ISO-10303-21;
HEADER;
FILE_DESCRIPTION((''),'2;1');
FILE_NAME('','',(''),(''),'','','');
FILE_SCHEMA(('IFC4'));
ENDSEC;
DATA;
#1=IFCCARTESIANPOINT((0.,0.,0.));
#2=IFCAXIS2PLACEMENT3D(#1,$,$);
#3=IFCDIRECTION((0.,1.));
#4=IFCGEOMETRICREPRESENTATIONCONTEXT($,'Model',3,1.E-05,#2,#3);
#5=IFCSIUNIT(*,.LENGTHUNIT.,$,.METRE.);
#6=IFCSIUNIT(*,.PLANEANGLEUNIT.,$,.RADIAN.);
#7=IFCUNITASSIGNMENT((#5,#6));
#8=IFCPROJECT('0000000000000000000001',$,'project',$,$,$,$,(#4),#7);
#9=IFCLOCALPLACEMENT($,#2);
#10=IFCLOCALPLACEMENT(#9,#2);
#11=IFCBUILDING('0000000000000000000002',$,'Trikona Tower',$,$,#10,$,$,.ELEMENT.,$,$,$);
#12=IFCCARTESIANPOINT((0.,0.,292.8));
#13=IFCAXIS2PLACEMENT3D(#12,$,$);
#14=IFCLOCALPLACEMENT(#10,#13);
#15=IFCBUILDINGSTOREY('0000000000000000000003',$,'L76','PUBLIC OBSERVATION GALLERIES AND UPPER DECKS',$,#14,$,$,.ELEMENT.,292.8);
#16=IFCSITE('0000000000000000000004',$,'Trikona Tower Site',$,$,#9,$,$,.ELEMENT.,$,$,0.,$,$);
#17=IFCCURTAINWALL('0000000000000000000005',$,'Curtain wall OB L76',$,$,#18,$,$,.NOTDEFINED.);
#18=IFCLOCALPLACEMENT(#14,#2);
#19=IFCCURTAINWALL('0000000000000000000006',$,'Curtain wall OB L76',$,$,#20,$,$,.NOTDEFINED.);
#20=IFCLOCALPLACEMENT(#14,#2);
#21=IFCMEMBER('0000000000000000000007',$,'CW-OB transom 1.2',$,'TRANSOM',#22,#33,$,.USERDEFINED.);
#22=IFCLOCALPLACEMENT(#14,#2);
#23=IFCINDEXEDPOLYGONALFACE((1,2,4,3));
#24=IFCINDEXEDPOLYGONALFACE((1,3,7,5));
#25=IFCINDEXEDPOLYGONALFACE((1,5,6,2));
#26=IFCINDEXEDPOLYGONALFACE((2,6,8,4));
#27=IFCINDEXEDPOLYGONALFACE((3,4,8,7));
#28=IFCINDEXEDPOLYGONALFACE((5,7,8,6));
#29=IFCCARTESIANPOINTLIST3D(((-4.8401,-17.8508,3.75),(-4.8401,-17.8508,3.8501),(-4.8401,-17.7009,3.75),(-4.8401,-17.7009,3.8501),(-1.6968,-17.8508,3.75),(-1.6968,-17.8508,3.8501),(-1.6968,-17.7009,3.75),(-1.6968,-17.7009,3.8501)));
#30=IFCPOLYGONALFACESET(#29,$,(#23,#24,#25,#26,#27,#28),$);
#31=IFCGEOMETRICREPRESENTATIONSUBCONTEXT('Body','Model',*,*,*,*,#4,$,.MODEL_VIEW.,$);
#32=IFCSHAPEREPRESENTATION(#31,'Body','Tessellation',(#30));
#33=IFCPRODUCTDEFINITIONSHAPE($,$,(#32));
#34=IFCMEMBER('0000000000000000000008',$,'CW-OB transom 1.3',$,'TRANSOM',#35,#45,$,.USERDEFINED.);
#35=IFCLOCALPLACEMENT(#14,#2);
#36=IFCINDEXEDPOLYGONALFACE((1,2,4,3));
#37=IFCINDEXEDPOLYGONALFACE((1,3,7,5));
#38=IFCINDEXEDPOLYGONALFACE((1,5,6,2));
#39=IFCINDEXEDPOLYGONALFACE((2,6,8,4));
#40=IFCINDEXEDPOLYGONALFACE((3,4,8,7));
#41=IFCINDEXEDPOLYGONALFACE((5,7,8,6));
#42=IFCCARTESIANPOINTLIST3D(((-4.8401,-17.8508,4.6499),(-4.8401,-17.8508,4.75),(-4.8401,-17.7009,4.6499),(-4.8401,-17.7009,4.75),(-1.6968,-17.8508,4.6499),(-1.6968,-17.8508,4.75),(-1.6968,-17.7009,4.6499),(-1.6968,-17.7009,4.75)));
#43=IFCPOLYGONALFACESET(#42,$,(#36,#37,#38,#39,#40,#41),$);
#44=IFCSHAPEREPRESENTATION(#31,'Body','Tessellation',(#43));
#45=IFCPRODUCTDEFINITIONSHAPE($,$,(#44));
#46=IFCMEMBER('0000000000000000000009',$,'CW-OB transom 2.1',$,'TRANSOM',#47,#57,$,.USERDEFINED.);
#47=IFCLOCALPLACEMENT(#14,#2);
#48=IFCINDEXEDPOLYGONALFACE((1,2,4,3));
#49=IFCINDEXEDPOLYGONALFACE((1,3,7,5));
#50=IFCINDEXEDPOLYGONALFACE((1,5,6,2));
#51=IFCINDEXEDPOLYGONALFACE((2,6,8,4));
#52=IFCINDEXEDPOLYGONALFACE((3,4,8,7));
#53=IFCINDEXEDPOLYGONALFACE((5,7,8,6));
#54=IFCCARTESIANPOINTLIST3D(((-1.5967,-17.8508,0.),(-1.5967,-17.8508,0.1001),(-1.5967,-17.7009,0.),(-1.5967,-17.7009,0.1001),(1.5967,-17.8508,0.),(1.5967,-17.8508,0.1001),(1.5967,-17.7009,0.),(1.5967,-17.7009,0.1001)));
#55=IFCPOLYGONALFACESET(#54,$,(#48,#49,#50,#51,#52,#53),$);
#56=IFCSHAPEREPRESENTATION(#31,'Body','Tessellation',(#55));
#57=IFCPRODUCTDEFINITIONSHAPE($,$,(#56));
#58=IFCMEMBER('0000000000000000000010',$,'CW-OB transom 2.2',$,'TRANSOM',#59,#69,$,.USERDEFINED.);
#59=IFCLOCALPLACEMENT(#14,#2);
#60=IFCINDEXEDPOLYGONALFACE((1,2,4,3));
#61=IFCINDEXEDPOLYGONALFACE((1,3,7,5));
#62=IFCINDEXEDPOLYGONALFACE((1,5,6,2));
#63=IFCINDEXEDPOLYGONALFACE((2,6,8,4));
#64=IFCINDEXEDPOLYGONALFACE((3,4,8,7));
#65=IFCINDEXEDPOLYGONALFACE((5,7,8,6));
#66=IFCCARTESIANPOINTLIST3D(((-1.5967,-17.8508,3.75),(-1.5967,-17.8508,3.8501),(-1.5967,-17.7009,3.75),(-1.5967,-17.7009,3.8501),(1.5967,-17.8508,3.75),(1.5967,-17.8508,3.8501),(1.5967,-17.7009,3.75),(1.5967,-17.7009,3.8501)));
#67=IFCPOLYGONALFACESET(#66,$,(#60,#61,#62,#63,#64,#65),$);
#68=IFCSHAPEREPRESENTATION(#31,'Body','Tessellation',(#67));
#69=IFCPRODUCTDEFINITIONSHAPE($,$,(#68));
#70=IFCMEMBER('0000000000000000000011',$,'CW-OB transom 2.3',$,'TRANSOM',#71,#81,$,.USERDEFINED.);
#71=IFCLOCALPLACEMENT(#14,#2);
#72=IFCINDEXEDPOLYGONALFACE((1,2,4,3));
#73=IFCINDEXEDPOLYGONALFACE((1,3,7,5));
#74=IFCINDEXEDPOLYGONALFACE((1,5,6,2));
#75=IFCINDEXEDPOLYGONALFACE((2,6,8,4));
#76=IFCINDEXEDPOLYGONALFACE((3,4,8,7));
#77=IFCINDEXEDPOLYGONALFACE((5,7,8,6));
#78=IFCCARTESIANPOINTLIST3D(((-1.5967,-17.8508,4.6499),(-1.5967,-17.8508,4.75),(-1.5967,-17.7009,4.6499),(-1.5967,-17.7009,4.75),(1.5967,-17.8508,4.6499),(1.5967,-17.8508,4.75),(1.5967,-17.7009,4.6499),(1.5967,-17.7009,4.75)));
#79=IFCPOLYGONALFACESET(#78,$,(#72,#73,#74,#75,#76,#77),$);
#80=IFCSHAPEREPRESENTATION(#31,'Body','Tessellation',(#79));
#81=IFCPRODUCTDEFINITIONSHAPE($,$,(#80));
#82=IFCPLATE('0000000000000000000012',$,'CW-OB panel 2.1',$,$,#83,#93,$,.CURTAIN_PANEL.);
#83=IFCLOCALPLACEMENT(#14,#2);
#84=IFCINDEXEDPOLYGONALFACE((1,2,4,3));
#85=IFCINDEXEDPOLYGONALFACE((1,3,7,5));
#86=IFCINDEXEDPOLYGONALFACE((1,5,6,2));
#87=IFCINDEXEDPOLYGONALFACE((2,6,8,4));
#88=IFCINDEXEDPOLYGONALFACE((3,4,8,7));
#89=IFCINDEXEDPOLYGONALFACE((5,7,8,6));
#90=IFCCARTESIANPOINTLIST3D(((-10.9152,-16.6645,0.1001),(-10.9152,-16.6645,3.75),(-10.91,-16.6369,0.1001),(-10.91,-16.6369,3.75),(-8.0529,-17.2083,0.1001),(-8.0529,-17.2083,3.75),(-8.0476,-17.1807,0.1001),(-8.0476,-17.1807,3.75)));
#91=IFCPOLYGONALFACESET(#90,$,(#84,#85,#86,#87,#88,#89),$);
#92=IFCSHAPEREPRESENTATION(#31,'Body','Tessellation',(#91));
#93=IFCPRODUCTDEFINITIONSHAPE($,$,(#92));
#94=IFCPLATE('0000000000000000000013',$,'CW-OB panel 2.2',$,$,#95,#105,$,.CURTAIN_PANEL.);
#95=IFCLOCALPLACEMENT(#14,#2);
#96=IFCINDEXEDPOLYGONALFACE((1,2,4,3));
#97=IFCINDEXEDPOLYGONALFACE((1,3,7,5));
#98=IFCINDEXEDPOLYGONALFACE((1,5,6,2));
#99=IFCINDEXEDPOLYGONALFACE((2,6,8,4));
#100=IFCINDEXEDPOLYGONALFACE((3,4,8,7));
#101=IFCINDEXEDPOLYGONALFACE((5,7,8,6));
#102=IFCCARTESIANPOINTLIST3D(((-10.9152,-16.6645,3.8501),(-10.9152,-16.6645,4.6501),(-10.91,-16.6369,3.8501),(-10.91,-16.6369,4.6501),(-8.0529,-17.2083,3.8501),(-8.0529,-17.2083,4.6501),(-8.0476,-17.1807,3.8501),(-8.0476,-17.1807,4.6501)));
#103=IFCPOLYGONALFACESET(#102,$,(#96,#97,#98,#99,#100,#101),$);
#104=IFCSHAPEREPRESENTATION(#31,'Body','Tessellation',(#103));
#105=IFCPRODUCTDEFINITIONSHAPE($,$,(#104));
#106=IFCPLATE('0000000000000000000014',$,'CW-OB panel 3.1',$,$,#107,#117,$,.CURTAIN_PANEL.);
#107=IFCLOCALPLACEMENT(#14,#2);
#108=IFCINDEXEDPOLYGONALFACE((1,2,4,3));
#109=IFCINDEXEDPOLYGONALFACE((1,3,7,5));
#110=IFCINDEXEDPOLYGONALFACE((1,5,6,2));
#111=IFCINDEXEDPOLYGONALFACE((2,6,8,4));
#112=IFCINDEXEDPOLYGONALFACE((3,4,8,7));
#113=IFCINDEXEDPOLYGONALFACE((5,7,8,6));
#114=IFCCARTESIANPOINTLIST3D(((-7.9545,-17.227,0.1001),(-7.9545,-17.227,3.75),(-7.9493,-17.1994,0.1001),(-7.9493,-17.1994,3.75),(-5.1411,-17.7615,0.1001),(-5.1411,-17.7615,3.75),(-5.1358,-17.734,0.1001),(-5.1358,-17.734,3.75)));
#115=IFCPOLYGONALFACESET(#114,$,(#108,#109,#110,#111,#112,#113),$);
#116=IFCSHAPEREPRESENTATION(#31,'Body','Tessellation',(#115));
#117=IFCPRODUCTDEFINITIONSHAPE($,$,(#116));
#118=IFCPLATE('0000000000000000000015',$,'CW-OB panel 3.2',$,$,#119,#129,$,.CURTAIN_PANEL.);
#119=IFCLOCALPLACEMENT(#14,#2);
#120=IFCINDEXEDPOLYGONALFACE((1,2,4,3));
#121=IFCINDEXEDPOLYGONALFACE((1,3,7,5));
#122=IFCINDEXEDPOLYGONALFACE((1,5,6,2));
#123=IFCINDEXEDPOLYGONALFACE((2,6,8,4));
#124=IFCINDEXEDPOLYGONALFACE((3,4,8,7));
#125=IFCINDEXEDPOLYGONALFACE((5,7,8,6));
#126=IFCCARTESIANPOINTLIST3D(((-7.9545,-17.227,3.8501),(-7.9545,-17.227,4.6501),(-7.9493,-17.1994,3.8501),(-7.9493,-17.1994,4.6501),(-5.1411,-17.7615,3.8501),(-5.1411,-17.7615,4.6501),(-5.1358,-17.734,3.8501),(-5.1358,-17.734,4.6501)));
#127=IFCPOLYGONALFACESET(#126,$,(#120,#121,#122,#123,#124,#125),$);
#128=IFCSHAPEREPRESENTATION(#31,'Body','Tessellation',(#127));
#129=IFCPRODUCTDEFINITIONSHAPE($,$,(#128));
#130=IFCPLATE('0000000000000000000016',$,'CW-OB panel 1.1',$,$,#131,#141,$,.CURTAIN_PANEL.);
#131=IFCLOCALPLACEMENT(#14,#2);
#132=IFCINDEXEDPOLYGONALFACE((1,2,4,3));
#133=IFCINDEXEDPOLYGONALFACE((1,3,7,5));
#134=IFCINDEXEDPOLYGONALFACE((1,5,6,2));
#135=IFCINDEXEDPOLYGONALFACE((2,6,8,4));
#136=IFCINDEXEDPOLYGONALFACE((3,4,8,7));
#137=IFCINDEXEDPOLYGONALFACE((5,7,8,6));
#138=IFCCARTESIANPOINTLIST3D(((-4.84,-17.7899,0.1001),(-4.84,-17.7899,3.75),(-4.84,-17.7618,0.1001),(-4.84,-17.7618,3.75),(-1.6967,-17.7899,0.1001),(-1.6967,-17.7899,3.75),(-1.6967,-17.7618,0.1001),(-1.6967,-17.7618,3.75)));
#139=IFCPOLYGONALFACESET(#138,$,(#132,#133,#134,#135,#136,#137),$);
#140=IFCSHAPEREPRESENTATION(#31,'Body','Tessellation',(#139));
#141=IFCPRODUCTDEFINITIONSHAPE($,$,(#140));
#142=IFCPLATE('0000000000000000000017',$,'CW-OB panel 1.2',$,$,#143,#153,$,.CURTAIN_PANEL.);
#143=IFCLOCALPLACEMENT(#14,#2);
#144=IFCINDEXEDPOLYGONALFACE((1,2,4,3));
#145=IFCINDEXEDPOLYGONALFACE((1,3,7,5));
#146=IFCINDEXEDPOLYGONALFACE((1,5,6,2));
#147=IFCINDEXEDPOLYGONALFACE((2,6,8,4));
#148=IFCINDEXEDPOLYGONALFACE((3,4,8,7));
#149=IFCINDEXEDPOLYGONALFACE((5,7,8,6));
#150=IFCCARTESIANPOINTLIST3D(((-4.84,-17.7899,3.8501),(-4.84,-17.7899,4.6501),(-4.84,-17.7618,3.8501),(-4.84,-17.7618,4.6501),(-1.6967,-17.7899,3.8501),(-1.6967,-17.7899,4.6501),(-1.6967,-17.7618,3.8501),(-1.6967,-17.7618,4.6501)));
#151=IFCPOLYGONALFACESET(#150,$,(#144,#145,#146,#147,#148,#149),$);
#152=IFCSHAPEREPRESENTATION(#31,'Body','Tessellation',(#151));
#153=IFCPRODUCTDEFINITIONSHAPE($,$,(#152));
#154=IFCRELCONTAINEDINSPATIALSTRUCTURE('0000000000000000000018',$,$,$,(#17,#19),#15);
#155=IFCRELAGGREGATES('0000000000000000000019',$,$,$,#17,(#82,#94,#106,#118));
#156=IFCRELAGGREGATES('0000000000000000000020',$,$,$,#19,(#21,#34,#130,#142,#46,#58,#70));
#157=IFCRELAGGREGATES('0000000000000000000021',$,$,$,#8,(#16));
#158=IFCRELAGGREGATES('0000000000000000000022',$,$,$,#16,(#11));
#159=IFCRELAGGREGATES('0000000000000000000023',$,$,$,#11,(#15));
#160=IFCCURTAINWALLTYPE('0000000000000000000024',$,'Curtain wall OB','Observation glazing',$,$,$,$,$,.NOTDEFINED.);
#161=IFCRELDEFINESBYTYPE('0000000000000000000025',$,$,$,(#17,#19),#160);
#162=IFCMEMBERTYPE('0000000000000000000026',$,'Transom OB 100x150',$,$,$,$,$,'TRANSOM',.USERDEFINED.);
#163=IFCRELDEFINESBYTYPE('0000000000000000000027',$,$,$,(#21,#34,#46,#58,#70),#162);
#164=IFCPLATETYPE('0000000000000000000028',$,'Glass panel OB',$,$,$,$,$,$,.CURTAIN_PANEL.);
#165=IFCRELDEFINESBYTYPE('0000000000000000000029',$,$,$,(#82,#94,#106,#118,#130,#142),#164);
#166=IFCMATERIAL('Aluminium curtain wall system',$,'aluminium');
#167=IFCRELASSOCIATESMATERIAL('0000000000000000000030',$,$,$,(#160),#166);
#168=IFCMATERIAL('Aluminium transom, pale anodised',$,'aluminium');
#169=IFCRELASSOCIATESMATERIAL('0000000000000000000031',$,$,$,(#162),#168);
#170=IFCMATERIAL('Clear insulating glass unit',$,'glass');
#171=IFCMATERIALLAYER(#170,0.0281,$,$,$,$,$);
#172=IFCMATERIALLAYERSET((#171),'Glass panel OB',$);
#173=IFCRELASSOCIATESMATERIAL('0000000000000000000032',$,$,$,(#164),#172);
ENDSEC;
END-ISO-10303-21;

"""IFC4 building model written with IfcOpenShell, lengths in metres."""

from ifc_helpers import new_model, si_unit, direction, frame, origin, origin_2d, place, context, subcontext, project, spatial, rectangle, extrude, material, layer, layer_set, material_profile, profile_set, type_object, element, aggregate, save


model = new_model("IFC4")

# Units and contexts
model_context = context("Model", 3, precision=1e-05, world=origin(), true_north=direction((0.0, 1.0)))
body_context = subcontext(model_context, "Body", "Model", "MODEL_VIEW")
ifc_project = project(units=[si_unit("LENGTHUNIT", "METRE"), si_unit("PLANEANGLEUNIT", "RADIAN")], contexts=[model_context])

# Site, building, storey
site_placement = place(None, origin())
site = spatial("IfcSite", under=ifc_project, at=site_placement, Name="Trikona Tower Site", CompositionType="ELEMENT", RefElevation=0.0)
building_placement = place(site_placement, origin())
building = spatial("IfcBuilding", under=site, at=building_placement, Name="Trikona Tower", CompositionType="ELEMENT")
storey_placement = place(building_placement, frame((0.0, 0.0, 292.8)))
storey = spatial("IfcBuildingStorey", under=building, at=storey_placement, Name="L76", Description="PUBLIC OBSERVATION GALLERIES AND UPPER DECKS", CompositionType="ELEMENT", Elevation=292.8)

# Curtain walls
ifc_material_1 = material(Name="Aluminium curtain wall system", Category="aluminium")
curtain_wall_type = type_object("IfcCurtainWallType", Name="Curtain wall OB", Description="Observation glazing", PredefinedType="NOTDEFINED", material=ifc_material_1)
curtain_wall_1_placement = place(storey_placement, origin())
curtain_wall_1 = element("IfcCurtainWall", 1, at=curtain_wall_1_placement, inside=storey, type_object=curtain_wall_type, Name="Curtain wall OB L76", PredefinedType="NOTDEFINED")
curtain_wall_2_placement = place(storey_placement, origin())
curtain_wall_2 = element("IfcCurtainWall", 2, at=curtain_wall_2_placement, inside=storey, type_object=curtain_wall_type, Name="Curtain wall OB L76", PredefinedType="NOTDEFINED")

# Members
ifc_material_2 = material(Name="Aluminium transom, pale anodised", Category="aluminium")
ifc_material_profile_1 = material_profile(ifc_material_2, rectangle(XDim=0.1499, YDim=0.1001, at=origin_2d()), Name="TRN-OB")
ifc_profile_set_1 = profile_set([ifc_material_profile_1], Name="Aluminium transom, pale anodised")
member_type_1 = type_object("IfcMemberType", Name="Transom OB 100x150", ElementType="TRANSOM", PredefinedType="USERDEFINED", material=ifc_profile_set_1)
member_1_placement = place(storey_placement, frame((-4.8401, -17.7759, 3.8), z_axis=(1.0, 0.0, 0.0), x_axis=(0.0, 1.0, 0.0)))
member_1 = element("IfcMember", 3, at=member_1_placement, type_object=member_type_1, Name="CW-OB transom 1.2", ObjectType="TRANSOM", PredefinedType="USERDEFINED", context=body_context, shape_type="SweptSolid", body=[
    extrude(rectangle(XDim=0.1499, YDim=0.1001, at=origin_2d()), origin(), (0.0, 0.0, 1.0), 3.1433),
])
member_2_placement = place(storey_placement, frame((-4.8401, -17.7759, 4.7), z_axis=(1.0, 0.0, 0.0), x_axis=(0.0, 1.0, 0.0)))
member_2 = element("IfcMember", 4, at=member_2_placement, type_object=member_type_1, Name="CW-OB transom 1.3", ObjectType="TRANSOM", PredefinedType="USERDEFINED", context=body_context, shape_type="SweptSolid", body=[
    extrude(rectangle(XDim=0.1499, YDim=0.1001, at=origin_2d()), origin(), (0.0, 0.0, 1.0), 3.1433),
])
member_3_placement = place(storey_placement, frame((-1.5967, -17.7759, 0.05), z_axis=(1.0, 0.0, 0.0), x_axis=(0.0, 1.0, 0.0)))
member_3 = element("IfcMember", 5, at=member_3_placement, type_object=member_type_1, Name="CW-OB transom 2.1", ObjectType="TRANSOM", PredefinedType="USERDEFINED", context=body_context, shape_type="SweptSolid", body=[
    extrude(rectangle(XDim=0.1499, YDim=0.1001, at=origin_2d()), origin(), (0.0, 0.0, 1.0), 3.1934),
])
member_4_placement = place(storey_placement, frame((-1.5967, -17.7759, 3.8), z_axis=(1.0, 0.0, 0.0), x_axis=(0.0, 1.0, 0.0)))
member_4 = element("IfcMember", 6, at=member_4_placement, type_object=member_type_1, Name="CW-OB transom 2.2", ObjectType="TRANSOM", PredefinedType="USERDEFINED", context=body_context, shape_type="SweptSolid", body=[
    extrude(rectangle(XDim=0.1499, YDim=0.1001, at=origin_2d()), origin(), (0.0, 0.0, 1.0), 3.1934),
])
member_5_placement = place(storey_placement, frame((-1.5967, -17.7759, 4.7), z_axis=(1.0, 0.0, 0.0), x_axis=(0.0, 1.0, 0.0)))
member_5 = element("IfcMember", 7, at=member_5_placement, type_object=member_type_1, Name="CW-OB transom 2.3", ObjectType="TRANSOM", PredefinedType="USERDEFINED", context=body_context, shape_type="SweptSolid", body=[
    extrude(rectangle(XDim=0.1499, YDim=0.1001, at=origin_2d()), origin(), (0.0, 0.0, 1.0), 3.1934),
])

# Plates
ifc_material_3 = material(Name="Clear insulating glass unit", Category="glass")
ifc_layer = layer(ifc_material_3, 0.0281)
ifc_layer_set = layer_set([ifc_layer], Name="Glass panel OB")
plate_type = type_object("IfcPlateType", Name="Glass panel OB", PredefinedType="CURTAIN_PANEL", material=ifc_layer_set)
plate_1_placement = place(storey_placement, frame((-9.4814, -16.9226, 0.1001), z_axis=(0.0, 0.0, 1.0), x_axis=(0.982424, -0.186661, 0.0)))
plate_1 = element("IfcPlate", 8, at=plate_1_placement, type_object=plate_type, Name="CW-OB panel 2.1", PredefinedType="CURTAIN_PANEL", context=body_context, shape_type="SweptSolid", body=[
    extrude(rectangle(XDim=2.9136, YDim=0.0281, at=origin_2d()), origin(), (0.0, 0.0, 1.0), 3.6499),
])
plate_2_placement = place(storey_placement, frame((-9.4814, -16.9226, 3.8501), z_axis=(0.0, 0.0, 1.0), x_axis=(0.982424, -0.186661, 0.0)))
plate_2 = element("IfcPlate", 9, at=plate_2_placement, type_object=plate_type, Name="CW-OB panel 2.2", PredefinedType="CURTAIN_PANEL", context=body_context, shape_type="SweptSolid", body=[
    extrude(rectangle(XDim=2.9136, YDim=0.0281, at=origin_2d()), origin(), (0.0, 0.0, 1.0), 0.8),
])
plate_3_placement = place(storey_placement, frame((-6.5452, -17.4805, 0.1001), z_axis=(0.0, 0.0, 1.0), x_axis=(0.982424, -0.186661, 0.0)))
plate_3 = element("IfcPlate", 10, at=plate_3_placement, type_object=plate_type, Name="CW-OB panel 3.1", PredefinedType="CURTAIN_PANEL", context=body_context, shape_type="SweptSolid", body=[
    extrude(rectangle(XDim=2.8638, YDim=0.0281, at=origin_2d()), origin(), (0.0, 0.0, 1.0), 3.6499),
])
plate_4_placement = place(storey_placement, frame((-6.5452, -17.4805, 3.8501), z_axis=(0.0, 0.0, 1.0), x_axis=(0.982424, -0.186661, 0.0)))
plate_4 = element("IfcPlate", 11, at=plate_4_placement, type_object=plate_type, Name="CW-OB panel 3.2", PredefinedType="CURTAIN_PANEL", context=body_context, shape_type="SweptSolid", body=[
    extrude(rectangle(XDim=2.8638, YDim=0.0281, at=origin_2d()), origin(), (0.0, 0.0, 1.0), 0.8),
])
aggregate(curtain_wall_1, [plate_1, plate_2, plate_3, plate_4])
plate_5_placement = place(storey_placement, frame((-3.2683, -17.7759, 0.1001), z_axis=(0.0, 0.0, 1.0), x_axis=(1.0, 0.0, 0.0)))
plate_5 = element("IfcPlate", 12, at=plate_5_placement, type_object=plate_type, Name="CW-OB panel 1.1", PredefinedType="CURTAIN_PANEL", context=body_context, shape_type="SweptSolid", body=[
    extrude(rectangle(XDim=3.1433, YDim=0.0281, at=origin_2d()), origin(), (0.0, 0.0, 1.0), 3.6499),
])
plate_6_placement = place(storey_placement, frame((-3.2683, -17.7759, 3.8501), z_axis=(0.0, 0.0, 1.0), x_axis=(1.0, 0.0, 0.0)))
plate_6 = element("IfcPlate", 13, at=plate_6_placement, type_object=plate_type, Name="CW-OB panel 1.2", PredefinedType="CURTAIN_PANEL", context=body_context, shape_type="SweptSolid", body=[
    extrude(rectangle(XDim=3.1433, YDim=0.0281, at=origin_2d()), origin(), (0.0, 0.0, 1.0), 0.8),
])
aggregate(curtain_wall_2, [member_1, member_2, plate_5, plate_6, member_3, member_4, member_5])

save(model, "model.ifc")
